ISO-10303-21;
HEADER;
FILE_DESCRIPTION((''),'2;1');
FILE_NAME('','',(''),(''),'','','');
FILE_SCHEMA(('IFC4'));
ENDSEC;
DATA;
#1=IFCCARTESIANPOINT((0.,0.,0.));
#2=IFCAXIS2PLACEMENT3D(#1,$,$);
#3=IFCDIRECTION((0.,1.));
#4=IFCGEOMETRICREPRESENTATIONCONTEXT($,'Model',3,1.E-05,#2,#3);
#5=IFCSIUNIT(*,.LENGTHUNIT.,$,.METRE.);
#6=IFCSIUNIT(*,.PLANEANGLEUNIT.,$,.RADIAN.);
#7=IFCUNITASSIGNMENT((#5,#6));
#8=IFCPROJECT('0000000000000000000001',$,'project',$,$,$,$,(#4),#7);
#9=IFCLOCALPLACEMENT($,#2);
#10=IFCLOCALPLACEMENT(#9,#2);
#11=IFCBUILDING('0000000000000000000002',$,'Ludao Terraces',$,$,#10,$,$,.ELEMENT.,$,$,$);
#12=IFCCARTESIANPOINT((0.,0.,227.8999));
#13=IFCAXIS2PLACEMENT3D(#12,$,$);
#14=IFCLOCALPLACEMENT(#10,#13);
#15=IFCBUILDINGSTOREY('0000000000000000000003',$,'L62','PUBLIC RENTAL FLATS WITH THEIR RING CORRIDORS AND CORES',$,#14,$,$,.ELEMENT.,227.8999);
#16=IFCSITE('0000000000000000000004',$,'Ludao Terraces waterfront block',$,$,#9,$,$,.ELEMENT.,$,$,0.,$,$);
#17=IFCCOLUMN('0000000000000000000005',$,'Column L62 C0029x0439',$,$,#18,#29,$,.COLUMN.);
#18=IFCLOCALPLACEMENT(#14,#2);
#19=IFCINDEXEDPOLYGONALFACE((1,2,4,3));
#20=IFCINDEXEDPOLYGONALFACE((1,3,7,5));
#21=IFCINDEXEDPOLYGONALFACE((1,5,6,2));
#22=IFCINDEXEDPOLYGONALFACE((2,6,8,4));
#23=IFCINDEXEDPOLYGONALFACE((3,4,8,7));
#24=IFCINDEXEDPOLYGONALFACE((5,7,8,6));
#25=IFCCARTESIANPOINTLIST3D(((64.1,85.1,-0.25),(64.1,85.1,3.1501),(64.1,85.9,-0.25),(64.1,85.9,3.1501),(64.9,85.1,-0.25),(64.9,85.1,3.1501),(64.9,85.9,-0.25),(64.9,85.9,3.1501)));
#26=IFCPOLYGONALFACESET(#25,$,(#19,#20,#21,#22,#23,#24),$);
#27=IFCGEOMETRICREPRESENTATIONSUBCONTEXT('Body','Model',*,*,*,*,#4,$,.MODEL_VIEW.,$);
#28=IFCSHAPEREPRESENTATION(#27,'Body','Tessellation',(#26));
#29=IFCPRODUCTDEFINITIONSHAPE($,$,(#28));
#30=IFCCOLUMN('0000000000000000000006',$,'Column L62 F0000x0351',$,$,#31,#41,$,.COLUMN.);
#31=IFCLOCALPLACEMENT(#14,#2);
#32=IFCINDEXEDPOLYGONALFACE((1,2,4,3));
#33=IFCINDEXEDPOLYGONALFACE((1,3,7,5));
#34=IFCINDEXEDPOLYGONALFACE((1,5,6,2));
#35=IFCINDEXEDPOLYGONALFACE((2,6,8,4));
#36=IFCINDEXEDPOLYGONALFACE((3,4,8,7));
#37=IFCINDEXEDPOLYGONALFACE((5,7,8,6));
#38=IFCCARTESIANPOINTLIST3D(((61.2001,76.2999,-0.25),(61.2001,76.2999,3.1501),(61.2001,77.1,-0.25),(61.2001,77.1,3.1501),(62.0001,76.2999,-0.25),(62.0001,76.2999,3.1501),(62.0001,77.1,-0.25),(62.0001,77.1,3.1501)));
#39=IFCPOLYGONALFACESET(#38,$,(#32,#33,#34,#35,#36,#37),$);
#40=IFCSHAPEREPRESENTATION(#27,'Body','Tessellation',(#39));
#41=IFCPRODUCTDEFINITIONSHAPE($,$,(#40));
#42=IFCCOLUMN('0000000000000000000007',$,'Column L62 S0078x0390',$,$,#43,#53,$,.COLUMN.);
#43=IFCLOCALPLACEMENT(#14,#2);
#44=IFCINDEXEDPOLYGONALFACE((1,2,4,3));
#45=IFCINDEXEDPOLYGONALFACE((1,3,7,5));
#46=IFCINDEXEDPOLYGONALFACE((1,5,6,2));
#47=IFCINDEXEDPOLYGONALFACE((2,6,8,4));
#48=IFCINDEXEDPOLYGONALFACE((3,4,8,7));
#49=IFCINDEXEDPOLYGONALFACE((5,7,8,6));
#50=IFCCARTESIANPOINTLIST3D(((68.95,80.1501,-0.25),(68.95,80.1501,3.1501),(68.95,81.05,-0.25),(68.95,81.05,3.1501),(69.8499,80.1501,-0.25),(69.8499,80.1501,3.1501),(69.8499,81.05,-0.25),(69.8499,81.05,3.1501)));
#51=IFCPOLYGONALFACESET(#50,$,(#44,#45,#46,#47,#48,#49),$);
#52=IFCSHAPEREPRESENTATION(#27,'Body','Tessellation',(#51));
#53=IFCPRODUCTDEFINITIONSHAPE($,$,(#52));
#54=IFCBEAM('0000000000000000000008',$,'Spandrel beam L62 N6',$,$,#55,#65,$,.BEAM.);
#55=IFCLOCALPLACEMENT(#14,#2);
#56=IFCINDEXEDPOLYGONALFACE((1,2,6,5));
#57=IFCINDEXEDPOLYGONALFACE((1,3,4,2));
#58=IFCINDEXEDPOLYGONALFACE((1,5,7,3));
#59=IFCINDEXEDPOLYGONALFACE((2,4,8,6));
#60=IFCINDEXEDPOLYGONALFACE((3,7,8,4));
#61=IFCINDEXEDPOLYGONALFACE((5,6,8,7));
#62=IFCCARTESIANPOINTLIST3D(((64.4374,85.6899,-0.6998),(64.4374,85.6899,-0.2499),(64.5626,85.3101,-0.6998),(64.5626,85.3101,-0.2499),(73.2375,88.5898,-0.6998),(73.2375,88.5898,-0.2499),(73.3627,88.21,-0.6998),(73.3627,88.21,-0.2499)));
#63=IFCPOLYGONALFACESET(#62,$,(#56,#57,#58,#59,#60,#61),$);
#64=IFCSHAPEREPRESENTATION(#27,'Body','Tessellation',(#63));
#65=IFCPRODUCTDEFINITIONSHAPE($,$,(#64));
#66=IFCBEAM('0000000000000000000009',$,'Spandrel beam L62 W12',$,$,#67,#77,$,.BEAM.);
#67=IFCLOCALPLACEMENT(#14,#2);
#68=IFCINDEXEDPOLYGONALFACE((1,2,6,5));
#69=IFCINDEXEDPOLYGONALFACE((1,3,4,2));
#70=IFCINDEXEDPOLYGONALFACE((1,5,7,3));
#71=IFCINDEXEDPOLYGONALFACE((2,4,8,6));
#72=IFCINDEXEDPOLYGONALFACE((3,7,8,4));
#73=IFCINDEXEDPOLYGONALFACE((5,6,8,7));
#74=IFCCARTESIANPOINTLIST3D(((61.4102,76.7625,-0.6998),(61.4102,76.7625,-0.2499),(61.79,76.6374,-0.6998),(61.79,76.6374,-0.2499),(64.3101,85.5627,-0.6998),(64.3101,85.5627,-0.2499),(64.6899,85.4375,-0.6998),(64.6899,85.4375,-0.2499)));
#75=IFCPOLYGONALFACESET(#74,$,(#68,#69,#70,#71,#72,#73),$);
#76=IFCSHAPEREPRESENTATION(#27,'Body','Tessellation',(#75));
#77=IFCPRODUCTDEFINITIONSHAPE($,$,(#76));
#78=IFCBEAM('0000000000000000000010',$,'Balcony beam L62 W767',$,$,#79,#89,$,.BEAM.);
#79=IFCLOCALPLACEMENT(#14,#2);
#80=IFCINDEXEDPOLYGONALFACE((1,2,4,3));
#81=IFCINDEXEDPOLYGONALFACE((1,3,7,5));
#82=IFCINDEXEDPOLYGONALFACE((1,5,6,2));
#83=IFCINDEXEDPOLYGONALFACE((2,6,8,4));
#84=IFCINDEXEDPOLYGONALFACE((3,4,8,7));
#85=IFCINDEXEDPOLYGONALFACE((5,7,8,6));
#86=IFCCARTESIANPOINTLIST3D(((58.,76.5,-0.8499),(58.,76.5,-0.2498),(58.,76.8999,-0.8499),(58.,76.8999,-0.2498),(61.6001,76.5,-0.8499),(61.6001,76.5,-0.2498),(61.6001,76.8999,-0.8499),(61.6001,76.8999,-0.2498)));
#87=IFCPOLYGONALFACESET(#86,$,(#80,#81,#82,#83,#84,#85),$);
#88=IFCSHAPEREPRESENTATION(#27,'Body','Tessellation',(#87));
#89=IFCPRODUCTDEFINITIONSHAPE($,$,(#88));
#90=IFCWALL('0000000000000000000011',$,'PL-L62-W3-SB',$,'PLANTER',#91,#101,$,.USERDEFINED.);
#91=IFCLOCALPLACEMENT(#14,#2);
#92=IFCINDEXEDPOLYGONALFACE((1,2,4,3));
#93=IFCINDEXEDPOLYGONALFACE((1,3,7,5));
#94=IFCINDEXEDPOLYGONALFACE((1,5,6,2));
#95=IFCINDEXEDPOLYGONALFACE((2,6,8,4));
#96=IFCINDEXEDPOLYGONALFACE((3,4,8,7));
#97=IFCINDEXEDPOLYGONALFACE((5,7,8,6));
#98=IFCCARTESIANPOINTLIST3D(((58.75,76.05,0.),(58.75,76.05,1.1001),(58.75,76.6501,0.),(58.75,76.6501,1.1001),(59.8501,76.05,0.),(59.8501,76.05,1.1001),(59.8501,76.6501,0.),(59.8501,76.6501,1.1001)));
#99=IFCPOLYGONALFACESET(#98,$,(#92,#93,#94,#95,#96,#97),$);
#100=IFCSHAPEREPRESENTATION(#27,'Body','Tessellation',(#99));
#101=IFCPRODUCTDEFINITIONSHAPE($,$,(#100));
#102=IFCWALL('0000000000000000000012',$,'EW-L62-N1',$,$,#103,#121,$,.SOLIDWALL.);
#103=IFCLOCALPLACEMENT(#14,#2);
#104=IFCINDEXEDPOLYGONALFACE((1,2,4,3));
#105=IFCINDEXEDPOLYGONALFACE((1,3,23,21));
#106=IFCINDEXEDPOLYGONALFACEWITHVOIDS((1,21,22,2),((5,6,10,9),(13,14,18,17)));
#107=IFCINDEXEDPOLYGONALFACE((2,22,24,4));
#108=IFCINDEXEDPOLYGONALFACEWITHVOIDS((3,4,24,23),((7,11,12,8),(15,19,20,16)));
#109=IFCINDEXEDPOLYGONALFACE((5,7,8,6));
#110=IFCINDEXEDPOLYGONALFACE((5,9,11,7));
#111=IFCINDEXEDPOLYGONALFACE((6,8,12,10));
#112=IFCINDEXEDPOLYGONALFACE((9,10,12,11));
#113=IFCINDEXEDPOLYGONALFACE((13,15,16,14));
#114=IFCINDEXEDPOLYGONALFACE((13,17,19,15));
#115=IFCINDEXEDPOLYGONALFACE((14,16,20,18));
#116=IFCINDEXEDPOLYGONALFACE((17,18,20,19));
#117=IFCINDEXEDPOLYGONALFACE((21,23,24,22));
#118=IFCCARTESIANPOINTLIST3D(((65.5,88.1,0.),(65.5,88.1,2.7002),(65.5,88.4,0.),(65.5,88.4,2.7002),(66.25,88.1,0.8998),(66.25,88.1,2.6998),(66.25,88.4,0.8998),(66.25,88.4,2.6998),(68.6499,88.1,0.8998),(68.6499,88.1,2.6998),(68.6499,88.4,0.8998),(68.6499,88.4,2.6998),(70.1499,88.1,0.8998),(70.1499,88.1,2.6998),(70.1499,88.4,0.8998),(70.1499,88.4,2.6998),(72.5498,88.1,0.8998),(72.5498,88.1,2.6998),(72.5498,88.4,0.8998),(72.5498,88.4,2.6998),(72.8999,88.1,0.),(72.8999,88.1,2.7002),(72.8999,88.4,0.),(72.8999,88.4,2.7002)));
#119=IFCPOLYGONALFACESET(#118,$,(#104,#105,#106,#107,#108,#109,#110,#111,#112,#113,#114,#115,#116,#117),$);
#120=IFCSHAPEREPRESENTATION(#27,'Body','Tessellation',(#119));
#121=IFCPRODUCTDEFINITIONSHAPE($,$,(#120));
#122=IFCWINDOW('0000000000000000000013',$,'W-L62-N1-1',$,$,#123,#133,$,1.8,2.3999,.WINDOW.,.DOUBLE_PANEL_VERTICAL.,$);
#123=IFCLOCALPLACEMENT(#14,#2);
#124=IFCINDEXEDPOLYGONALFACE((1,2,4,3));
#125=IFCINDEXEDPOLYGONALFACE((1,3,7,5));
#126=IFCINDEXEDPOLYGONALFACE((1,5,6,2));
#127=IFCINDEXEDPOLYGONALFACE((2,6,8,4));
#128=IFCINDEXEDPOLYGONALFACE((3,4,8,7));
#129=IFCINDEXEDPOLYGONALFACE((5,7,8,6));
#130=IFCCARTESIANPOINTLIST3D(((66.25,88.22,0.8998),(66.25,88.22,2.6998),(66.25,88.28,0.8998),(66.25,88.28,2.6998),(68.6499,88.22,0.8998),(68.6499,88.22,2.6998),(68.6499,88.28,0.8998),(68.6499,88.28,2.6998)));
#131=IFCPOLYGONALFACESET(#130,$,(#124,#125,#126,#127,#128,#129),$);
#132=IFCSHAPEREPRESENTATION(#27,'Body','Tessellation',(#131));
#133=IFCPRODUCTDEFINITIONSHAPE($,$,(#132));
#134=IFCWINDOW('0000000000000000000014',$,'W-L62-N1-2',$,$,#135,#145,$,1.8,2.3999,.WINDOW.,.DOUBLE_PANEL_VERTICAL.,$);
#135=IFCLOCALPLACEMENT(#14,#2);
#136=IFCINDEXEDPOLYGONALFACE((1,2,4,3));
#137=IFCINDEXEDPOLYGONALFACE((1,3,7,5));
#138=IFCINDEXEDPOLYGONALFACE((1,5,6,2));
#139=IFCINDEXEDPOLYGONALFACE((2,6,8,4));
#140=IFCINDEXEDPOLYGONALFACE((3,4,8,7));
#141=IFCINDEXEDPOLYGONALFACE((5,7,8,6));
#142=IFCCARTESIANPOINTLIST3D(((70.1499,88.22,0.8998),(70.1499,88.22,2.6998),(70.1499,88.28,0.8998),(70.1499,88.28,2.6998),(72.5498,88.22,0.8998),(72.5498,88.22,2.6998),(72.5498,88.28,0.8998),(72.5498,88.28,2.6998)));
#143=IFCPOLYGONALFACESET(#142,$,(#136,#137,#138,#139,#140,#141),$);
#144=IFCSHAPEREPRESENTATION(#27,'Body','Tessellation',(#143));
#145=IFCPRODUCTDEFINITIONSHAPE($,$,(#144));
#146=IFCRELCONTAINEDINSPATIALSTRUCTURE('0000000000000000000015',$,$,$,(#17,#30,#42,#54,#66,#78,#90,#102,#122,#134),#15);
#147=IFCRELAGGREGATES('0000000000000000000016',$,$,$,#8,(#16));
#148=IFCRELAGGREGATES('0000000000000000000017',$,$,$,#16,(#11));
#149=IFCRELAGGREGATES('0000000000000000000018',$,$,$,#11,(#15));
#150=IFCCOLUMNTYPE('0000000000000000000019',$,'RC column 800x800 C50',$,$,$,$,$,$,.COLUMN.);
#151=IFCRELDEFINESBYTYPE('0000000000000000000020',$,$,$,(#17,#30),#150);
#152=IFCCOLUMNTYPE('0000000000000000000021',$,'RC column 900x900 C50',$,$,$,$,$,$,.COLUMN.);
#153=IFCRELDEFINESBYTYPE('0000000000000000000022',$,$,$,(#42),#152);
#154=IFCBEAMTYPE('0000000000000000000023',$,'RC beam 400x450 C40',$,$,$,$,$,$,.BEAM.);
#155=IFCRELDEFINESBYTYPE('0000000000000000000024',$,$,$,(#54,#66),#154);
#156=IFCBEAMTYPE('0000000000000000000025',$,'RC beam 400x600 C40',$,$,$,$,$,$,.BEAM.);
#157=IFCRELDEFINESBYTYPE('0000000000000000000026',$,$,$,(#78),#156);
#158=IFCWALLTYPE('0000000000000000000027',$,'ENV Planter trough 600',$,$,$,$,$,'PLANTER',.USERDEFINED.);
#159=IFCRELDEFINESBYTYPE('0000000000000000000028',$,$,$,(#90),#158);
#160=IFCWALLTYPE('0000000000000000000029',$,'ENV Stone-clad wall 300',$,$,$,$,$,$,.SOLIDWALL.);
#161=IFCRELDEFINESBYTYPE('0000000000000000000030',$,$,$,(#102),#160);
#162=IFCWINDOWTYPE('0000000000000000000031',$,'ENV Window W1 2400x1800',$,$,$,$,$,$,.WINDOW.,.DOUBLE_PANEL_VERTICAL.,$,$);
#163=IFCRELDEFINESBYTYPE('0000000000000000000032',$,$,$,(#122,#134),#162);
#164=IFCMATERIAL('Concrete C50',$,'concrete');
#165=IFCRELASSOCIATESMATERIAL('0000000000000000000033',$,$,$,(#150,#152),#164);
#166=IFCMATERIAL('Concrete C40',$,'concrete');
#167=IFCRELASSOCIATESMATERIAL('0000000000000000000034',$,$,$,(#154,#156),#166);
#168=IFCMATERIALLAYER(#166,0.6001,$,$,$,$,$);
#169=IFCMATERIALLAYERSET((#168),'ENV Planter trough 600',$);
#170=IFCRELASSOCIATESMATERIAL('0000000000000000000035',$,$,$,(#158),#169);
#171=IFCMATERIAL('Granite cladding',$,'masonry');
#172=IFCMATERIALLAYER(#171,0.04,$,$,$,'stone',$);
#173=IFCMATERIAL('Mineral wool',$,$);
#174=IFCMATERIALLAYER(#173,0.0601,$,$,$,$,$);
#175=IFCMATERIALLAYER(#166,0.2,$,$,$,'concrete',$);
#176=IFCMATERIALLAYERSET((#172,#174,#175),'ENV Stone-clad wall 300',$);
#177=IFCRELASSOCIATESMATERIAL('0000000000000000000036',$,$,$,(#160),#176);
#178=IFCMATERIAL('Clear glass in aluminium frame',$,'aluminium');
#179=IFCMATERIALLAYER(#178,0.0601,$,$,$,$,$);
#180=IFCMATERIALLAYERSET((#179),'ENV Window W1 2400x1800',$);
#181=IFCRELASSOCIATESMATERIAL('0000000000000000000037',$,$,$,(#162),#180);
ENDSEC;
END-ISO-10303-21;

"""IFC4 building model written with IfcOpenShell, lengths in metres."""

from ifc_helpers import new_model, si_unit, direction, frame, frame_2d, origin, origin_2d, place, context, subcontext, project, spatial, rectangle, extrude, material, layer, layer_set, material_profile, profile_set, type_object, element, fill, save


model = new_model("IFC4")

# Units and contexts
model_context = context("Model", 3, precision=1e-05, world=origin(), true_north=direction((0.0, 1.0)))
body_context = subcontext(model_context, "Body", "Model", "MODEL_VIEW")
ifc_project = project(units=[si_unit("LENGTHUNIT", "METRE"), si_unit("PLANEANGLEUNIT", "RADIAN")], contexts=[model_context])

# Site, building, storey
site_placement = place(None, origin())
site = spatial("IfcSite", under=ifc_project, at=site_placement, Name="Ludao Terraces waterfront block", CompositionType="ELEMENT", RefElevation=0.0)
building_placement = place(site_placement, origin())
building = spatial("IfcBuilding", under=site, at=building_placement, Name="Ludao Terraces", CompositionType="ELEMENT")
storey_placement = place(building_placement, frame((0.0, 0.0, 227.8999)))
storey = spatial("IfcBuildingStorey", under=building, at=storey_placement, Name="L62", Description="PUBLIC RENTAL FLATS WITH THEIR RING CORRIDORS AND CORES", CompositionType="ELEMENT", Elevation=227.8999)

# Columns
ifc_material_1 = material(Name="Concrete C50", Category="concrete")
ifc_material_profile_1 = material_profile(ifc_material_1, rectangle(XDim=0.8, YDim=0.8, at=origin_2d()), Name="800 X 800")
ifc_profile_set_1 = profile_set([ifc_material_profile_1], Name="Concrete C50")
column_type_1 = type_object("IfcColumnType", Name="RC column 800x800 C50", PredefinedType="COLUMN", material=ifc_profile_set_1)
for number, where, z_axis, x_axis, name in (
    (1, (64.5, 85.5, -0.25), (0.0, 0.0, 1.0), (1.0, 0.0, 0.0), "Column L62 C0029x0439"),
    (2, (61.6001, 76.7, -0.25), (0.0, 0.0, 1.0), (1.0, 0.0, 0.0), "Column L62 F0000x0351"),
):
    element("IfcColumn", number, at=place(storey_placement, frame(where, z_axis=z_axis, x_axis=x_axis)), inside=storey, type_object=column_type_1, Name=name, PredefinedType="COLUMN", context=body_context, shape_type="SweptSolid", body=[
        extrude(rectangle(XDim=0.8, YDim=0.8, at=origin_2d()), origin(), (0.0, 0.0, 1.0), 3.4001),
    ])
ifc_material_profile_2 = material_profile(ifc_material_1, rectangle(XDim=0.8999, YDim=0.8999, at=origin_2d()), Name="900 X 900")
ifc_profile_set_2 = profile_set([ifc_material_profile_2], Name="Concrete C50")
column_type_2 = type_object("IfcColumnType", Name="RC column 900x900 C50", PredefinedType="COLUMN", material=ifc_profile_set_2)
column_placement = place(storey_placement, frame((69.3999, 80.6001, -0.25), z_axis=(0.0, 0.0, 1.0), x_axis=(1.0, 0.0, 0.0)))
element("IfcColumn", 3, at=column_placement, inside=storey, type_object=column_type_2, Name="Column L62 S0078x0390", PredefinedType="COLUMN", context=body_context, shape_type="SweptSolid", body=[
    extrude(rectangle(XDim=0.8999, YDim=0.8999, at=origin_2d()), origin(), (0.0, 0.0, 1.0), 3.4001),
])

# Beams
ifc_material_2 = material(Name="Concrete C40", Category="concrete")
ifc_material_profile_3 = material_profile(ifc_material_2, rectangle(XDim=0.3999, YDim=0.45, at=origin_2d()), Name="400 X 450")
ifc_profile_set_3 = profile_set([ifc_material_profile_3], Name="Concrete C40")
beam_type_1 = type_object("IfcBeamType", Name="RC beam 400x450 C40", PredefinedType="BEAM", material=ifc_profile_set_3)
for number, where, z_axis, x_axis, name in (
    (4, (64.5, 85.5, -0.4749), (0.949761, 0.312977, 0.0), (-0.312977, 0.949761, 0.0), "Spandrel beam L62 N6"),
    (5, (61.6001, 76.7, -0.4749), (0.312977, 0.949761, 0.0), (-0.949761, 0.312977, 0.0), "Spandrel beam L62 W12"),
):
    element("IfcBeam", number, at=place(storey_placement, frame(where, z_axis=z_axis, x_axis=x_axis)), inside=storey, type_object=beam_type_1, Name=name, PredefinedType="BEAM", context=body_context, shape_type="SweptSolid", body=[
        extrude(rectangle(XDim=0.3999, YDim=0.45, at=origin_2d()), origin(), (0.0, 0.0, 1.0), 9.2656),
    ])
ifc_material_profile_4 = material_profile(ifc_material_2, rectangle(XDim=0.3999, YDim=0.6001, at=origin_2d()), Name="400 X 600")
ifc_profile_set_4 = profile_set([ifc_material_profile_4], Name="Concrete C40")
beam_type_2 = type_object("IfcBeamType", Name="RC beam 400x600 C40", PredefinedType="BEAM", material=ifc_profile_set_4)
beam_placement = place(storey_placement, frame((61.6001, 76.7, -0.5498), z_axis=(-1.0, 0.0, 0.0), x_axis=(0.0, -1.0, 0.0)))
element("IfcBeam", 6, at=beam_placement, inside=storey, type_object=beam_type_2, Name="Balcony beam L62 W767", PredefinedType="BEAM", context=body_context, shape_type="SweptSolid", body=[
    extrude(rectangle(XDim=0.3999, YDim=0.6001, at=origin_2d()), origin(), (0.0, 0.0, 1.0), 3.6001),
])

# Wall
ifc_layer_1 = layer(ifc_material_2, 0.6001)
ifc_layer_set_1 = layer_set([ifc_layer_1], Name="ENV Planter trough 600")
wall_type_1 = type_object("IfcWallType", Name="ENV Planter trough 600", ElementType="PLANTER", PredefinedType="USERDEFINED", material=ifc_layer_set_1)
wall_1_placement = place(storey_placement, frame((58.75, 76.3501, 0.0), z_axis=(0.0, 0.0, 1.0), x_axis=(1.0, 0.0, 0.0)))
element("IfcWall", 7, at=wall_1_placement, inside=storey, type_object=wall_type_1, Name="PL-L62-W3-SB", ObjectType="PLANTER", PredefinedType="USERDEFINED", context=body_context, shape_type="SweptSolid", body=[
    extrude(rectangle(XDim=1.1001, YDim=0.6001, at=frame_2d((0.55, 0.0))), origin(), (0.0, 0.0, 1.0), 1.1001),
])

# Wall, openings, windows
ifc_material_3 = material(Name="Granite cladding", Category="masonry")
ifc_layer_2 = layer(ifc_material_3, 0.04, Category="stone")
ifc_material_4 = material(Name="Mineral wool")
ifc_layer_3 = layer(ifc_material_4, 0.0601)
ifc_layer_4 = layer(ifc_material_2, 0.2, Category="concrete")
ifc_layer_set_2 = layer_set([ifc_layer_2, ifc_layer_3, ifc_layer_4], Name="ENV Stone-clad wall 300")
wall_type_2 = type_object("IfcWallType", Name="ENV Stone-clad wall 300", PredefinedType="SOLIDWALL", material=ifc_layer_set_2)
wall_2_placement = place(storey_placement, frame((65.5, 88.25, 0.0), z_axis=(0.0, 0.0, 1.0), x_axis=(1.0, 0.0, 0.0)))
wall_2 = element("IfcWall", 8, at=wall_2_placement, inside=storey, type_object=wall_type_2, Name="EW-L62-N1", PredefinedType="SOLIDWALL", context=body_context, shape_type="SweptSolid", body=[
    extrude(rectangle(XDim=7.3999, YDim=0.3, at=frame_2d((3.7, 0.0))), origin(), (0.0, 0.0, 1.0), 2.7002),
])
opening_1_placement = place(wall_2_placement, frame((0.75, 0.0, 0.8999)))
opening_1 = element("IfcOpeningElement", 9, at=opening_1_placement, cuts=wall_2, PredefinedType="OPENING", context=body_context, shape_type="SweptSolid", body=[
    extrude(rectangle(XDim=2.3999, YDim=1.8, at=frame_2d((1.2, 0.8999))), frame((0.0, 0.1602, 0.0), z_axis=(0.0, -1.0, 0.0), x_axis=(1.0, 0.0, 0.0)), (0.0, 0.0, 1.0), 0.3201),
])
opening_2_placement = place(wall_2_placement, frame((4.6499, 0.0, 0.8999)))
opening_2 = element("IfcOpeningElement", 10, at=opening_2_placement, cuts=wall_2, PredefinedType="OPENING", context=body_context, shape_type="SweptSolid", body=[
    extrude(rectangle(XDim=2.3999, YDim=1.8, at=frame_2d((1.2, 0.8999))), frame((0.0, 0.1602, 0.0), z_axis=(0.0, -1.0, 0.0), x_axis=(1.0, 0.0, 0.0)), (0.0, 0.0, 1.0), 0.3201),
])
ifc_material_5 = material(Name="Clear glass in aluminium frame", Category="aluminium")
ifc_layer_5 = layer(ifc_material_5, 0.0601)
ifc_layer_set_3 = layer_set([ifc_layer_5], Name="ENV Window W1 2400x1800")
window_type_1 = type_object("IfcWindowType", Name="ENV Window W1 2400x1800", PartitioningType="DOUBLE_PANEL_VERTICAL", PredefinedType="WINDOW", material=ifc_layer_set_3)
window_1_placement = place(opening_1_placement, origin())
window_1 = element("IfcWindow", 11, at=window_1_placement, inside=storey, type_object=window_type_1, Name="W-L62-N1-1", OverallHeight=1.8, OverallWidth=2.3999, PartitioningType="DOUBLE_PANEL_VERTICAL", PredefinedType="WINDOW", context=body_context, shape_type="SweptSolid", body=[
    extrude(rectangle(XDim=2.3999, YDim=1.8, at=frame_2d((1.2, 0.8999))), frame((0.0, 0.03, 0.0), z_axis=(0.0, -1.0, 0.0), x_axis=(1.0, 0.0, 0.0)), (0.0, 0.0, 1.0), 0.0601),
])
fill(opening_1, window_1)
window_2_placement = place(opening_2_placement, origin())
window_2 = element("IfcWindow", 12, at=window_2_placement, inside=storey, type_object=window_type_1, Name="W-L62-N1-2", OverallHeight=1.8, OverallWidth=2.3999, PartitioningType="DOUBLE_PANEL_VERTICAL", PredefinedType="WINDOW", context=body_context, shape_type="SweptSolid", body=[
    extrude(rectangle(XDim=2.3999, YDim=1.8, at=frame_2d((1.2, 0.8999))), frame((0.0, 0.03, 0.0), z_axis=(0.0, -1.0, 0.0), x_axis=(1.0, 0.0, 0.0)), (0.0, 0.0, 1.0), 0.0601),
])
fill(opening_2, window_2)

save(model, "model.ifc")
